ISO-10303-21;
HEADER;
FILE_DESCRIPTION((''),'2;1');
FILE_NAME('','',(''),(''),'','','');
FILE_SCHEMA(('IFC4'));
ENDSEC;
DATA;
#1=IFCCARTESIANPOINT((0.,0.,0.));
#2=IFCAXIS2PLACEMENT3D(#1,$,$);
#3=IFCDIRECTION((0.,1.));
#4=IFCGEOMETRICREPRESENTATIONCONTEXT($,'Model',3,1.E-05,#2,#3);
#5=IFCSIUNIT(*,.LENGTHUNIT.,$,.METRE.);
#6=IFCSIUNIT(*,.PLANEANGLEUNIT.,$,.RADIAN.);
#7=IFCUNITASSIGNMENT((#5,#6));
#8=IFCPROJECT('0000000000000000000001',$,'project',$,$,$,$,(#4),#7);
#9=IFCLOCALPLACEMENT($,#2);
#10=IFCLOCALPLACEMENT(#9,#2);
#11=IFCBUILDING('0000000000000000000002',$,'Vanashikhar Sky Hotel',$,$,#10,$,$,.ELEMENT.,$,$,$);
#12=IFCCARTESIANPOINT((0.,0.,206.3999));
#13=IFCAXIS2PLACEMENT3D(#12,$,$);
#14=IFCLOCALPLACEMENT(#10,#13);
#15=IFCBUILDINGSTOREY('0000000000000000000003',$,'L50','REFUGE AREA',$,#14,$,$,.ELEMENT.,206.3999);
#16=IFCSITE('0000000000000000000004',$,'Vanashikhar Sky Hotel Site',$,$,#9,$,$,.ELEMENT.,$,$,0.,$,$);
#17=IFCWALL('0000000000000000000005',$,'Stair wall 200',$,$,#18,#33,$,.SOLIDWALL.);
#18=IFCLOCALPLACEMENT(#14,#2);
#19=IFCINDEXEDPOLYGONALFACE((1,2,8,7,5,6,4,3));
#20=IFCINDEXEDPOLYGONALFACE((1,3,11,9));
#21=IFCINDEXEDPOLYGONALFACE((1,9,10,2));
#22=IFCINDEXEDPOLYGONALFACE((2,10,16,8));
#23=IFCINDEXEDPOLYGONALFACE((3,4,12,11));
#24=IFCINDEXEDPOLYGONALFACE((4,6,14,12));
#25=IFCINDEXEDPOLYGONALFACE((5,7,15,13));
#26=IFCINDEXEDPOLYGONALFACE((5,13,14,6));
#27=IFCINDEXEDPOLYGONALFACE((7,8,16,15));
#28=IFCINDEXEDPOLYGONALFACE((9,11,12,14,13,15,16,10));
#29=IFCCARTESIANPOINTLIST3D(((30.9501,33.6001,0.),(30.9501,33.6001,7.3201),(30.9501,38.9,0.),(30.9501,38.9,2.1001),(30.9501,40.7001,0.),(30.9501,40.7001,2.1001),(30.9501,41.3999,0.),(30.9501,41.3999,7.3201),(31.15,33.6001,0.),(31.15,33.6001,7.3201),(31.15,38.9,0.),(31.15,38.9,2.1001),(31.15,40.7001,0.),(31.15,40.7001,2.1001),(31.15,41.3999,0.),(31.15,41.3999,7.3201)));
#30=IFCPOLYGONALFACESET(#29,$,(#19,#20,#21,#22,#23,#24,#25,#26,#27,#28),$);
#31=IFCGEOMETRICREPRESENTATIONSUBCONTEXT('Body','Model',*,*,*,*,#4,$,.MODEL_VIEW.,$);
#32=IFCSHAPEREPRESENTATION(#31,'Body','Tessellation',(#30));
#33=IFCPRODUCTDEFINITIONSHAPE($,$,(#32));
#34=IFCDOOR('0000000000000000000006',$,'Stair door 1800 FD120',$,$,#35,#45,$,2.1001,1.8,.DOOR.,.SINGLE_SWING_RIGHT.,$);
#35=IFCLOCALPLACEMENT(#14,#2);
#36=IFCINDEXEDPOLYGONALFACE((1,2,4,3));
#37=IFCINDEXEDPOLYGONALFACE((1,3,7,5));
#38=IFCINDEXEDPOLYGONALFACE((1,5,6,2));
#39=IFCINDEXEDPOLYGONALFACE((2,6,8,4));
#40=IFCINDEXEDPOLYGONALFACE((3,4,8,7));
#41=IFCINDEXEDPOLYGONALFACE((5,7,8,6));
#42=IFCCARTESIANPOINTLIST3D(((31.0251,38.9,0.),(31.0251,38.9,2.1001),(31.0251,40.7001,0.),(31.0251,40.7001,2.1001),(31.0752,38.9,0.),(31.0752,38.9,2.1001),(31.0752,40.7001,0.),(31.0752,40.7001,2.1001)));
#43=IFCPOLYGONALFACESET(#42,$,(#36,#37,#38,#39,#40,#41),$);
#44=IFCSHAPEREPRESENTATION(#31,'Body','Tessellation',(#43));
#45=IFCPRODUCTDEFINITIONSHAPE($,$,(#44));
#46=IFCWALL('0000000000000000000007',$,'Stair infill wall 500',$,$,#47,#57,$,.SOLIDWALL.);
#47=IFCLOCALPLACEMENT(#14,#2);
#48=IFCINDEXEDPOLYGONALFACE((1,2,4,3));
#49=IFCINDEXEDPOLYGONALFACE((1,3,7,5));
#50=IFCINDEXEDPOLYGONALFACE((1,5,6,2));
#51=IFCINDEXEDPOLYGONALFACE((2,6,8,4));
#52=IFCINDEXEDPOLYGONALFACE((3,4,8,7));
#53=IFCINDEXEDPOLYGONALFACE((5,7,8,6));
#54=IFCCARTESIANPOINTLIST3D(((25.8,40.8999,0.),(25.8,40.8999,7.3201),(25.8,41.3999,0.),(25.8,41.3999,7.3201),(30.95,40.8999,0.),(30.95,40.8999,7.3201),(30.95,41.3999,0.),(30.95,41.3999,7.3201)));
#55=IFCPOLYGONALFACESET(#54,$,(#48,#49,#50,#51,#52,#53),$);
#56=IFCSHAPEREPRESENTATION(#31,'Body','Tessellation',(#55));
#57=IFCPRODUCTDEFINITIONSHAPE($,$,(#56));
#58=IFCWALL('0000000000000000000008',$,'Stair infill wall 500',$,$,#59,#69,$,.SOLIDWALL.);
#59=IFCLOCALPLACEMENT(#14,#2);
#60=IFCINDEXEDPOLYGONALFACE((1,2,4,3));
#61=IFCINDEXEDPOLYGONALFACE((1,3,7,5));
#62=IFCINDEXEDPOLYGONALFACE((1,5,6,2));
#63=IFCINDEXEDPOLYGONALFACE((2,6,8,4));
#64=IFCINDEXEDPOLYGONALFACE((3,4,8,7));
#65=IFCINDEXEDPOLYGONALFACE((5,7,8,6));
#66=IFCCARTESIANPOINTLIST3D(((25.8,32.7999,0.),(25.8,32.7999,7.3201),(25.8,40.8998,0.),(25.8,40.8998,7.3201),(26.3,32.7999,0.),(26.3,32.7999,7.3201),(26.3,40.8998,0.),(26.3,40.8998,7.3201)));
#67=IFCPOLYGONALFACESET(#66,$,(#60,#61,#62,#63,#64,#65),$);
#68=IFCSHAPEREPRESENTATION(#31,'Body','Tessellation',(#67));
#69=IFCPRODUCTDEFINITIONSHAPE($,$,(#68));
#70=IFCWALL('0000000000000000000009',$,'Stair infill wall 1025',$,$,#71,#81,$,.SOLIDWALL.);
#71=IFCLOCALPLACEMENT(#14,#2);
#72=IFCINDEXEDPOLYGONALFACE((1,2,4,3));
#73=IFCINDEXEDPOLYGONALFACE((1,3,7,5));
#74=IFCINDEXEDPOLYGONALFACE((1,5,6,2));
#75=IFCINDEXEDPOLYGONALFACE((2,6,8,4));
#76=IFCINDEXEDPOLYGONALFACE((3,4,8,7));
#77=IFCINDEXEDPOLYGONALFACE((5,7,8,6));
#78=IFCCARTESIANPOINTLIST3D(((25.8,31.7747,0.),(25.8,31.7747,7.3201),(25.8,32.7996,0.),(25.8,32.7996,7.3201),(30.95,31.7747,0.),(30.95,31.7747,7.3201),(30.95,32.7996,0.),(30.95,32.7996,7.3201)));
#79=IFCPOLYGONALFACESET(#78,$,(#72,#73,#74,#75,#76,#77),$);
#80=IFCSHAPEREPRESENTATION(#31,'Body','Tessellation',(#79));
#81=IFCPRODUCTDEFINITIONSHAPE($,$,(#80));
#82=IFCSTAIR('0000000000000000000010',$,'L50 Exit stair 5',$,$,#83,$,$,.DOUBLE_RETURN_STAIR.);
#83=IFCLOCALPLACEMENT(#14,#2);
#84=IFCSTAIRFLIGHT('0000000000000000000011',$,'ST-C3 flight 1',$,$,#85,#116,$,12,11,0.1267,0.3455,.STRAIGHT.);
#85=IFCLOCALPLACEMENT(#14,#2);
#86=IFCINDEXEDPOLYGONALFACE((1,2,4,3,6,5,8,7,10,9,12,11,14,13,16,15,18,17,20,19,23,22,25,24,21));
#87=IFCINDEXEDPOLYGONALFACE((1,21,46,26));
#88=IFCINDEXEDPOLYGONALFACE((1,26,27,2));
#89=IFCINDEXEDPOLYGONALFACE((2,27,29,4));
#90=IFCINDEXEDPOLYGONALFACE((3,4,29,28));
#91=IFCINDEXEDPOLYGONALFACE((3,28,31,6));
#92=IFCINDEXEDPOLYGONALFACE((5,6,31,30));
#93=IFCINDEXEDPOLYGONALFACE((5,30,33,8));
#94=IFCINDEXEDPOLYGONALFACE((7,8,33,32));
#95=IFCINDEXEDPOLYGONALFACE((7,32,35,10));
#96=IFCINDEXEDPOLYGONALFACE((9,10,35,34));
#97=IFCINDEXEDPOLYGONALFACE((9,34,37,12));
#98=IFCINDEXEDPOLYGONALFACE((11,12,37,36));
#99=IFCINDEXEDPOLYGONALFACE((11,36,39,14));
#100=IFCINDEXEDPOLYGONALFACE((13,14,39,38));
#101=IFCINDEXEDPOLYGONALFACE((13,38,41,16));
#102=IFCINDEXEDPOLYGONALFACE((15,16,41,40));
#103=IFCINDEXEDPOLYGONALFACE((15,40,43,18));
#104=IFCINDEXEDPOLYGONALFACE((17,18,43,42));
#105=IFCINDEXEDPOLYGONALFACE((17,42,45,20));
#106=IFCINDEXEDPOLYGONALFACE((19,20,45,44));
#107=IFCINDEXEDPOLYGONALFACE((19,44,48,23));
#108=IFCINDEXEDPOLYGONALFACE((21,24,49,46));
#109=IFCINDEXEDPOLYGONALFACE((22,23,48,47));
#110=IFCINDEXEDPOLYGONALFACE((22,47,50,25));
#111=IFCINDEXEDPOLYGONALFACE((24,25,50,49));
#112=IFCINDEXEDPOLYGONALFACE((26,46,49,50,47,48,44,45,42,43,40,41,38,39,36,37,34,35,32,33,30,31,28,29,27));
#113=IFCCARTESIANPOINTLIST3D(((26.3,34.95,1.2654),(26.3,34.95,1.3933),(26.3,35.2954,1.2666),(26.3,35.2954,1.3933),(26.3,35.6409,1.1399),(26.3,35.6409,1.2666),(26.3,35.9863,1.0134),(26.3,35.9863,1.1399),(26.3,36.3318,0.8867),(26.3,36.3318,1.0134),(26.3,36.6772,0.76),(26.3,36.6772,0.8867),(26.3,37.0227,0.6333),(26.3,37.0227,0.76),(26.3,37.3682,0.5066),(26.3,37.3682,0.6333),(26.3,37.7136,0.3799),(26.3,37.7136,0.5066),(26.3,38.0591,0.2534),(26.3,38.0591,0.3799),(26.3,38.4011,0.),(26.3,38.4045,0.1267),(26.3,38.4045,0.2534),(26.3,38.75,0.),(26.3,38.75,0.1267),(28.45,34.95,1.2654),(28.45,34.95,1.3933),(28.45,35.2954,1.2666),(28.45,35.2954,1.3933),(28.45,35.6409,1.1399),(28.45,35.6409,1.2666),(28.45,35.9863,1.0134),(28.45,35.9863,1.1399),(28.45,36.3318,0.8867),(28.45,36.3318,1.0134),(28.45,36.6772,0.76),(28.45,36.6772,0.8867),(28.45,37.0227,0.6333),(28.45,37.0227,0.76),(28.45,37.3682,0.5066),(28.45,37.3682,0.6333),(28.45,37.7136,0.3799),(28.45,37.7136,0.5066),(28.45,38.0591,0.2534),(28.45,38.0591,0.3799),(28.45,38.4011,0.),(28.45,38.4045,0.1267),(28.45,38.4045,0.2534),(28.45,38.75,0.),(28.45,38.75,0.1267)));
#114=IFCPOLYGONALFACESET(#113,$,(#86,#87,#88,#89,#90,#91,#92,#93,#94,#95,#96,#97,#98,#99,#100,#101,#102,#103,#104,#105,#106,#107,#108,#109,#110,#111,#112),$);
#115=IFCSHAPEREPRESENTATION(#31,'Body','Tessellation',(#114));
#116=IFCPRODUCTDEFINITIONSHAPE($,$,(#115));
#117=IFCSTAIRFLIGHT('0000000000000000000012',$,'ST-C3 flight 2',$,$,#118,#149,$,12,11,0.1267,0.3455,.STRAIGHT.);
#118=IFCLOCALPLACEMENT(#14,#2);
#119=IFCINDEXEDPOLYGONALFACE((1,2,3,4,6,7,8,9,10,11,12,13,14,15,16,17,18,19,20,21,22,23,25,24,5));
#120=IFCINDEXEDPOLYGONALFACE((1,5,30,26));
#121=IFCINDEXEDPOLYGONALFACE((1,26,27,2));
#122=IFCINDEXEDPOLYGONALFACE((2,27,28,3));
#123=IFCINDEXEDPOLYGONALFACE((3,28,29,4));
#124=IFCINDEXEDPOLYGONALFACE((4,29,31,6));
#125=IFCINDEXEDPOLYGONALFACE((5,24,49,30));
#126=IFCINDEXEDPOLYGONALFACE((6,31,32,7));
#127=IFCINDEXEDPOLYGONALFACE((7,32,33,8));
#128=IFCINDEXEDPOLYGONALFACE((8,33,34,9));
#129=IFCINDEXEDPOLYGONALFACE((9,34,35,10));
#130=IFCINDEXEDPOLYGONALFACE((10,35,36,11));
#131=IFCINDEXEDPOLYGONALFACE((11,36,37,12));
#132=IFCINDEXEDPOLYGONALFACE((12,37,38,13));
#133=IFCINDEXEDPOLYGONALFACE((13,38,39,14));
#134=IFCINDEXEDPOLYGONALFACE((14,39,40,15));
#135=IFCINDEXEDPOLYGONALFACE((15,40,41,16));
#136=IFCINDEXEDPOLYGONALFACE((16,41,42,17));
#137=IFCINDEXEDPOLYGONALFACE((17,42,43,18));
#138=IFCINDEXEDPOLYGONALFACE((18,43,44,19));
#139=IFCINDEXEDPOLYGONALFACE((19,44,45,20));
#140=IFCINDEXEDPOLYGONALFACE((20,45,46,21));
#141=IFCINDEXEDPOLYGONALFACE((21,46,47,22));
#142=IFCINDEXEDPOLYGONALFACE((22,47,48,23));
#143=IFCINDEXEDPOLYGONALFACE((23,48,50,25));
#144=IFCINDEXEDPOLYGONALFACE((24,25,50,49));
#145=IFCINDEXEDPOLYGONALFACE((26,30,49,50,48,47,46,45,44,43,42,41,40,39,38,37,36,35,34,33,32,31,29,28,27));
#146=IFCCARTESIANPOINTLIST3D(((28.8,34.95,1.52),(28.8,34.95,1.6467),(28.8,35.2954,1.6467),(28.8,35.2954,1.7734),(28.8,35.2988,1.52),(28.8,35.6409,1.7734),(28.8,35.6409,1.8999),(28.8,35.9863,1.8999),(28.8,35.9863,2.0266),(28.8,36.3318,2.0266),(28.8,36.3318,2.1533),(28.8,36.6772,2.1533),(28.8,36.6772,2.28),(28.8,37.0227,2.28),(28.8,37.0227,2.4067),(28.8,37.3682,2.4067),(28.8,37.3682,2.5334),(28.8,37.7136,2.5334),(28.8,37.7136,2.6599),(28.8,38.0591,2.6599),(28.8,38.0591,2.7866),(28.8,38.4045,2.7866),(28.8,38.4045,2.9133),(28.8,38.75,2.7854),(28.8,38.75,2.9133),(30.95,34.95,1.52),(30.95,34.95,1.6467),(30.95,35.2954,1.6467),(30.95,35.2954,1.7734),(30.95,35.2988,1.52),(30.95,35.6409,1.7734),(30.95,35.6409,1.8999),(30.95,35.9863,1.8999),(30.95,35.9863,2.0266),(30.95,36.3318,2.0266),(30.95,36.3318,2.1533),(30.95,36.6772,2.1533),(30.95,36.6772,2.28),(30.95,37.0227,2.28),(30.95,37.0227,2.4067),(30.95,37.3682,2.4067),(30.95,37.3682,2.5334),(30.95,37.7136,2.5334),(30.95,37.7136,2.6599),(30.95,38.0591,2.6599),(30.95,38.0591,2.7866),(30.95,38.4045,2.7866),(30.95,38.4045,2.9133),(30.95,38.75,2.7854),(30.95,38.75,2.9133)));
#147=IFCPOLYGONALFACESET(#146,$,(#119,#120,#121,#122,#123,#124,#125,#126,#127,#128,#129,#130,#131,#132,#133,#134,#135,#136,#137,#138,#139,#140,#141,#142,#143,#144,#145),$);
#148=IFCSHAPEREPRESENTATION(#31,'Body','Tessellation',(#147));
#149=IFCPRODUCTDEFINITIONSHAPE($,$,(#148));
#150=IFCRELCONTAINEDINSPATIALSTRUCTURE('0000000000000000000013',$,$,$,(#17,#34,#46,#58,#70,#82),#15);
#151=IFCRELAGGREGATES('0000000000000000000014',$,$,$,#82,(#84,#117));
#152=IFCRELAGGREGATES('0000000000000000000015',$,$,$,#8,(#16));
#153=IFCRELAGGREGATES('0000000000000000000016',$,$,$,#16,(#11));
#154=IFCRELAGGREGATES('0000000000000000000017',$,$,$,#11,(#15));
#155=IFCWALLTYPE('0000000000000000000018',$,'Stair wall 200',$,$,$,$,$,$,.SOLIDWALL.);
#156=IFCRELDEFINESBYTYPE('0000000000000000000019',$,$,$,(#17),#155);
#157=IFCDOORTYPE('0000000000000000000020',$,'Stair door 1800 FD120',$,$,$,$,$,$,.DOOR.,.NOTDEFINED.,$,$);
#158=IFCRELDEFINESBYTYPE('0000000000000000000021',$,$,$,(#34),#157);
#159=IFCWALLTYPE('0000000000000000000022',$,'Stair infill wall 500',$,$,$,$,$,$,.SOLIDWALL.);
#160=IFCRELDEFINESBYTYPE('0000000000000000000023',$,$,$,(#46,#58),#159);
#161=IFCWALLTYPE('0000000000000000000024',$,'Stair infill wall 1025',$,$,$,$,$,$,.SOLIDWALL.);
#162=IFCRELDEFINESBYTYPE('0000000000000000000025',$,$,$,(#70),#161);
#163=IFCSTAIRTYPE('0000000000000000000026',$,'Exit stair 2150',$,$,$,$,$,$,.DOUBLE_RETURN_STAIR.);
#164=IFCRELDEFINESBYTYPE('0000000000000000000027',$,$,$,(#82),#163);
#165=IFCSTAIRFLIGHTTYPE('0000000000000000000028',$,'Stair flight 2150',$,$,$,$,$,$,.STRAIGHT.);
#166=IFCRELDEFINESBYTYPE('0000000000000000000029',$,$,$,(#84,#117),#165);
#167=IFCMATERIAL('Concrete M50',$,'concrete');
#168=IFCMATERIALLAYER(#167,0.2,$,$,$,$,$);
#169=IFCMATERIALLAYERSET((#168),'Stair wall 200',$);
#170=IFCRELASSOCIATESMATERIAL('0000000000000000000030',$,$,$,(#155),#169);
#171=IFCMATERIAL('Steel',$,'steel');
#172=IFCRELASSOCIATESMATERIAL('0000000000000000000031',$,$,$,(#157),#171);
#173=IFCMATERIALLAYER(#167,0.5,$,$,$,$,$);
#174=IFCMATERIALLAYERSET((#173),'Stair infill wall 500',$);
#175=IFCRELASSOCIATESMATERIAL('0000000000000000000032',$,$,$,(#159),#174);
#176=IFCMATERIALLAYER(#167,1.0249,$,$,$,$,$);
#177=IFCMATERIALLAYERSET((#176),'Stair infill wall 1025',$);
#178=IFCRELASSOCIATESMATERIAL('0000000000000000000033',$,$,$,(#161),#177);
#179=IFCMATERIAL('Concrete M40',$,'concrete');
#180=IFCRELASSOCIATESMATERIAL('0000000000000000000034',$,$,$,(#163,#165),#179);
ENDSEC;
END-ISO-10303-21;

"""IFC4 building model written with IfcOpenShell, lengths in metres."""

from ifc_helpers import new_model, si_unit, direction, frame, frame_2d, origin, place, context, subcontext, project, spatial, polyline, rectangle, outline, extrude, source, transform, mapped, material, layer, layer_set, type_object, element, fill, aggregate, save


model = new_model("IFC4")

# Units and contexts
model_context = context("Model", 3, precision=1e-05, world=origin(), true_north=direction((0.0, 1.0)))
body_context = subcontext(model_context, "Body", "Model", "MODEL_VIEW")
ifc_project = project(units=[si_unit("LENGTHUNIT", "METRE"), si_unit("PLANEANGLEUNIT", "RADIAN")], contexts=[model_context])

# Site, building, storey
site_placement = place(None, origin())
site = spatial("IfcSite", under=ifc_project, at=site_placement, Name="Vanashikhar Sky Hotel Site", CompositionType="ELEMENT", RefElevation=0.0)
building_placement = place(site_placement, origin())
building = spatial("IfcBuilding", under=site, at=building_placement, Name="Vanashikhar Sky Hotel", CompositionType="ELEMENT")
storey_placement = place(building_placement, frame((0.0, 0.0, 206.3999)))
storey = spatial("IfcBuildingStorey", under=building, at=storey_placement, Name="L50", Description="REFUGE AREA", CompositionType="ELEMENT", Elevation=206.3999)

# Shared definitions
ifc_material_1 = material(Name="Steel", Category="steel")

# Shared definitions
ifc_material_2 = material(Name="Concrete M40", Category="concrete")

# Wall, opening, door
ifc_material_3 = material(Name="Concrete M50", Category="concrete")
ifc_layer_1 = layer(ifc_material_3, 0.2)
ifc_layer_set_1 = layer_set([ifc_layer_1], Name="Stair wall 200")
wall_type_1 = type_object("IfcWallType", Name="Stair wall 200", PredefinedType="SOLIDWALL", material=ifc_layer_set_1)
shared_shape_1 = source(origin(), body_context, "Body", "SweptSolid", [
    extrude(rectangle(XDim=7.7998, YDim=0.2, at=frame_2d((3.8999, 0.0))), origin(), (0.0, 0.0, 1.0), 7.3201),
])
wall_1_placement = place(storey_placement, frame((31.05, 33.6001, 0.0), z_axis=(0.0, 0.0, 1.0), x_axis=(0.0, 1.0, 0.0)))
wall_1 = element("IfcWall", 1, at=wall_1_placement, inside=storey, type_object=wall_type_1, Name="Stair wall 200", PredefinedType="SOLIDWALL", context=body_context, shape_type="MappedRepresentation", body=[
    mapped(shared_shape_1, transform((0.0, 0.0, 0.0), scale=1.0)),
])
shared_shape_2 = source(origin(), body_context, "Body", "SweptSolid", [
    extrude(rectangle(XDim=1.8, YDim=2.1001, at=frame_2d((0.8999, 1.05))), frame((0.0, 0.1099, 0.0), z_axis=(0.0, -1.0, 0.0), x_axis=(1.0, 0.0, 0.0)), (0.0, 0.0, 1.0), 0.22),
])
opening_1_placement = place(wall_1_placement, frame((5.3, 0.0, 0.0)))
opening_1 = element("IfcOpeningElement", 2, at=opening_1_placement, cuts=wall_1, PredefinedType="OPENING", context=body_context, shape_type="MappedRepresentation", body=[
    mapped(shared_shape_2, transform((0.0, 0.0, 0.0), scale=1.0)),
])
door_type_1 = type_object("IfcDoorType", Name="Stair door 1800 FD120", OperationType="NOTDEFINED", PredefinedType="DOOR", material=ifc_material_1)
shared_shape_3 = source(origin(), body_context, "Body", "SweptSolid", [
    extrude(rectangle(XDim=1.8, YDim=2.1001, at=frame_2d((0.8999, 1.05))), frame((0.0, 0.0249, 0.0), z_axis=(0.0, -1.0, 0.0), x_axis=(1.0, 0.0, 0.0)), (0.0, 0.0, 1.0), 0.05),
])
door_1_placement = place(opening_1_placement, origin())
door_1 = element("IfcDoor", 3, at=door_1_placement, inside=storey, type_object=door_type_1, Name="Stair door 1800 FD120", OperationType="SINGLE_SWING_RIGHT", OverallHeight=2.1001, OverallWidth=1.8, PredefinedType="DOOR", context=body_context, shape_type="MappedRepresentation", body=[
    mapped(shared_shape_3, transform((0.0, 0.0, 0.0), scale=1.0)),
])
fill(opening_1, door_1)

# Walls
ifc_layer_2 = layer(ifc_material_3, 0.5)
ifc_layer_set_2 = layer_set([ifc_layer_2], Name="Stair infill wall 500")
wall_type_2 = type_object("IfcWallType", Name="Stair infill wall 500", PredefinedType="SOLIDWALL", material=ifc_layer_set_2)
shared_shape_4 = source(origin(), body_context, "Body", "SweptSolid", [
    extrude(rectangle(XDim=5.1499, YDim=0.5, at=frame_2d((2.575, 0.0))), origin(), (0.0, 0.0, 1.0), 7.3201),
])
wall_2_placement = place(storey_placement, frame((25.8, 41.1499, 0.0), z_axis=(0.0, 0.0, 1.0), x_axis=(1.0, 0.0, 0.0)))
element("IfcWall", 4, at=wall_2_placement, inside=storey, type_object=wall_type_2, Name="Stair infill wall 500", PredefinedType="SOLIDWALL", context=body_context, shape_type="MappedRepresentation", body=[
    mapped(shared_shape_4, transform((0.0, 0.0, 0.0), scale=1.0)),
])
shared_shape_5 = source(origin(), body_context, "Body", "SweptSolid", [
    extrude(rectangle(XDim=8.0999, YDim=0.5, at=frame_2d((4.0498, 0.0))), origin(), (0.0, 0.0, 1.0), 7.3201),
])
wall_3_placement = place(storey_placement, frame((26.05, 32.8, 0.0), z_axis=(0.0, 0.0, 1.0), x_axis=(0.0, 1.0, 0.0)))
element("IfcWall", 5, at=wall_3_placement, inside=storey, type_object=wall_type_2, Name="Stair infill wall 500", PredefinedType="SOLIDWALL", context=body_context, shape_type="MappedRepresentation", body=[
    mapped(shared_shape_5, transform((0.0, 0.0, 0.0), scale=1.0)),
])
ifc_layer_3 = layer(ifc_material_3, 1.0249)
ifc_layer_set_3 = layer_set([ifc_layer_3], Name="Stair infill wall 1025")
wall_type_3 = type_object("IfcWallType", Name="Stair infill wall 1025", PredefinedType="SOLIDWALL", material=ifc_layer_set_3)
shared_shape_6 = source(origin(), body_context, "Body", "SweptSolid", [
    extrude(rectangle(XDim=5.1499, YDim=1.0249, at=frame_2d((2.575, 0.0))), origin(), (0.0, 0.0, 1.0), 7.3201),
])
wall_4_placement = place(storey_placement, frame((25.8, 32.2871, 0.0), z_axis=(0.0, 0.0, 1.0), x_axis=(1.0, 0.0, 0.0)))
element("IfcWall", 6, at=wall_4_placement, inside=storey, type_object=wall_type_3, Name="Stair infill wall 1025", PredefinedType="SOLIDWALL", context=body_context, shape_type="MappedRepresentation", body=[
    mapped(shared_shape_6, transform((0.0, 0.0, 0.0), scale=1.0)),
])

# Stair, stair flights
stair_type = type_object("IfcStairType", Name="Exit stair 2150", PredefinedType="DOUBLE_RETURN_STAIR", material=ifc_material_2)
stair_placement = place(storey_placement, origin())
stair = element("IfcStair", 7, at=stair_placement, inside=storey, type_object=stair_type, Name="L50 Exit stair 5", PredefinedType="DOUBLE_RETURN_STAIR")
stair_flight_type = type_object("IfcStairFlightType", Name="Stair flight 2150", PredefinedType="STRAIGHT", material=ifc_material_2)
shared_shape_7 = source(origin(), body_context, "Body", "SweptSolid", [
    extrude(outline(polyline([(0.0, 0.0), (0.0, 0.1267), (0.3455, 0.1267), (0.3455, 0.2534), (0.6909, 0.2534), (0.6909, 0.3799), (1.0364, 0.3799), (1.0364, 0.5066), (1.3818, 0.5066), (1.3818, 0.6333), (1.7273, 0.6333), (1.7273, 0.76), (2.0728, 0.76), (2.0728, 0.8867), (2.4182, 0.8867), (2.4182, 1.0134), (2.7637, 1.0134), (2.7637, 1.1399), (3.1091, 1.1399), (3.1091, 1.2666), (3.4546, 1.2666), (3.4546, 1.3933), (3.8, 1.3933), (3.8, 1.52), (3.8, 1.2654), (0.3489, 0.0), (0.0, 0.0)])), frame((0.0, 1.075, 0.0), z_axis=(0.0, -1.0, 0.0), x_axis=(1.0, 0.0, 0.0)), (0.0, 0.0, 1.0), 2.1499),
])
stair_flight_1_placement = place(storey_placement, frame((27.375, 38.75, 0.0), z_axis=(0.0, 0.0, 1.0), x_axis=(0.0, -1.0, 0.0)))
stair_flight_1 = element("IfcStairFlight", 8, at=stair_flight_1_placement, type_object=stair_flight_type, Name="ST-C3 flight 1", NumberOfRisers=12, NumberOfTreads=11, PredefinedType="STRAIGHT", RiserHeight=0.1267, TreadLength=0.3455, context=body_context, shape_type="MappedRepresentation", body=[
    mapped(shared_shape_7, transform((0.0, 0.0, 0.0), scale=1.0)),
])
stair_flight_2_placement = place(storey_placement, frame((29.875, 34.95, 1.52), z_axis=(0.0, 0.0, 1.0), x_axis=(0.0, 1.0, 0.0)))
stair_flight_2 = element("IfcStairFlight", 9, at=stair_flight_2_placement, type_object=stair_flight_type, Name="ST-C3 flight 2", NumberOfRisers=12, NumberOfTreads=11, PredefinedType="STRAIGHT", RiserHeight=0.1267, TreadLength=0.3455, context=body_context, shape_type="MappedRepresentation", body=[
    mapped(shared_shape_7, transform((0.0, 0.0, 0.0), scale=1.0)),
])
aggregate(stair, [stair_flight_1, stair_flight_2])

save(model, "model.ifc")
